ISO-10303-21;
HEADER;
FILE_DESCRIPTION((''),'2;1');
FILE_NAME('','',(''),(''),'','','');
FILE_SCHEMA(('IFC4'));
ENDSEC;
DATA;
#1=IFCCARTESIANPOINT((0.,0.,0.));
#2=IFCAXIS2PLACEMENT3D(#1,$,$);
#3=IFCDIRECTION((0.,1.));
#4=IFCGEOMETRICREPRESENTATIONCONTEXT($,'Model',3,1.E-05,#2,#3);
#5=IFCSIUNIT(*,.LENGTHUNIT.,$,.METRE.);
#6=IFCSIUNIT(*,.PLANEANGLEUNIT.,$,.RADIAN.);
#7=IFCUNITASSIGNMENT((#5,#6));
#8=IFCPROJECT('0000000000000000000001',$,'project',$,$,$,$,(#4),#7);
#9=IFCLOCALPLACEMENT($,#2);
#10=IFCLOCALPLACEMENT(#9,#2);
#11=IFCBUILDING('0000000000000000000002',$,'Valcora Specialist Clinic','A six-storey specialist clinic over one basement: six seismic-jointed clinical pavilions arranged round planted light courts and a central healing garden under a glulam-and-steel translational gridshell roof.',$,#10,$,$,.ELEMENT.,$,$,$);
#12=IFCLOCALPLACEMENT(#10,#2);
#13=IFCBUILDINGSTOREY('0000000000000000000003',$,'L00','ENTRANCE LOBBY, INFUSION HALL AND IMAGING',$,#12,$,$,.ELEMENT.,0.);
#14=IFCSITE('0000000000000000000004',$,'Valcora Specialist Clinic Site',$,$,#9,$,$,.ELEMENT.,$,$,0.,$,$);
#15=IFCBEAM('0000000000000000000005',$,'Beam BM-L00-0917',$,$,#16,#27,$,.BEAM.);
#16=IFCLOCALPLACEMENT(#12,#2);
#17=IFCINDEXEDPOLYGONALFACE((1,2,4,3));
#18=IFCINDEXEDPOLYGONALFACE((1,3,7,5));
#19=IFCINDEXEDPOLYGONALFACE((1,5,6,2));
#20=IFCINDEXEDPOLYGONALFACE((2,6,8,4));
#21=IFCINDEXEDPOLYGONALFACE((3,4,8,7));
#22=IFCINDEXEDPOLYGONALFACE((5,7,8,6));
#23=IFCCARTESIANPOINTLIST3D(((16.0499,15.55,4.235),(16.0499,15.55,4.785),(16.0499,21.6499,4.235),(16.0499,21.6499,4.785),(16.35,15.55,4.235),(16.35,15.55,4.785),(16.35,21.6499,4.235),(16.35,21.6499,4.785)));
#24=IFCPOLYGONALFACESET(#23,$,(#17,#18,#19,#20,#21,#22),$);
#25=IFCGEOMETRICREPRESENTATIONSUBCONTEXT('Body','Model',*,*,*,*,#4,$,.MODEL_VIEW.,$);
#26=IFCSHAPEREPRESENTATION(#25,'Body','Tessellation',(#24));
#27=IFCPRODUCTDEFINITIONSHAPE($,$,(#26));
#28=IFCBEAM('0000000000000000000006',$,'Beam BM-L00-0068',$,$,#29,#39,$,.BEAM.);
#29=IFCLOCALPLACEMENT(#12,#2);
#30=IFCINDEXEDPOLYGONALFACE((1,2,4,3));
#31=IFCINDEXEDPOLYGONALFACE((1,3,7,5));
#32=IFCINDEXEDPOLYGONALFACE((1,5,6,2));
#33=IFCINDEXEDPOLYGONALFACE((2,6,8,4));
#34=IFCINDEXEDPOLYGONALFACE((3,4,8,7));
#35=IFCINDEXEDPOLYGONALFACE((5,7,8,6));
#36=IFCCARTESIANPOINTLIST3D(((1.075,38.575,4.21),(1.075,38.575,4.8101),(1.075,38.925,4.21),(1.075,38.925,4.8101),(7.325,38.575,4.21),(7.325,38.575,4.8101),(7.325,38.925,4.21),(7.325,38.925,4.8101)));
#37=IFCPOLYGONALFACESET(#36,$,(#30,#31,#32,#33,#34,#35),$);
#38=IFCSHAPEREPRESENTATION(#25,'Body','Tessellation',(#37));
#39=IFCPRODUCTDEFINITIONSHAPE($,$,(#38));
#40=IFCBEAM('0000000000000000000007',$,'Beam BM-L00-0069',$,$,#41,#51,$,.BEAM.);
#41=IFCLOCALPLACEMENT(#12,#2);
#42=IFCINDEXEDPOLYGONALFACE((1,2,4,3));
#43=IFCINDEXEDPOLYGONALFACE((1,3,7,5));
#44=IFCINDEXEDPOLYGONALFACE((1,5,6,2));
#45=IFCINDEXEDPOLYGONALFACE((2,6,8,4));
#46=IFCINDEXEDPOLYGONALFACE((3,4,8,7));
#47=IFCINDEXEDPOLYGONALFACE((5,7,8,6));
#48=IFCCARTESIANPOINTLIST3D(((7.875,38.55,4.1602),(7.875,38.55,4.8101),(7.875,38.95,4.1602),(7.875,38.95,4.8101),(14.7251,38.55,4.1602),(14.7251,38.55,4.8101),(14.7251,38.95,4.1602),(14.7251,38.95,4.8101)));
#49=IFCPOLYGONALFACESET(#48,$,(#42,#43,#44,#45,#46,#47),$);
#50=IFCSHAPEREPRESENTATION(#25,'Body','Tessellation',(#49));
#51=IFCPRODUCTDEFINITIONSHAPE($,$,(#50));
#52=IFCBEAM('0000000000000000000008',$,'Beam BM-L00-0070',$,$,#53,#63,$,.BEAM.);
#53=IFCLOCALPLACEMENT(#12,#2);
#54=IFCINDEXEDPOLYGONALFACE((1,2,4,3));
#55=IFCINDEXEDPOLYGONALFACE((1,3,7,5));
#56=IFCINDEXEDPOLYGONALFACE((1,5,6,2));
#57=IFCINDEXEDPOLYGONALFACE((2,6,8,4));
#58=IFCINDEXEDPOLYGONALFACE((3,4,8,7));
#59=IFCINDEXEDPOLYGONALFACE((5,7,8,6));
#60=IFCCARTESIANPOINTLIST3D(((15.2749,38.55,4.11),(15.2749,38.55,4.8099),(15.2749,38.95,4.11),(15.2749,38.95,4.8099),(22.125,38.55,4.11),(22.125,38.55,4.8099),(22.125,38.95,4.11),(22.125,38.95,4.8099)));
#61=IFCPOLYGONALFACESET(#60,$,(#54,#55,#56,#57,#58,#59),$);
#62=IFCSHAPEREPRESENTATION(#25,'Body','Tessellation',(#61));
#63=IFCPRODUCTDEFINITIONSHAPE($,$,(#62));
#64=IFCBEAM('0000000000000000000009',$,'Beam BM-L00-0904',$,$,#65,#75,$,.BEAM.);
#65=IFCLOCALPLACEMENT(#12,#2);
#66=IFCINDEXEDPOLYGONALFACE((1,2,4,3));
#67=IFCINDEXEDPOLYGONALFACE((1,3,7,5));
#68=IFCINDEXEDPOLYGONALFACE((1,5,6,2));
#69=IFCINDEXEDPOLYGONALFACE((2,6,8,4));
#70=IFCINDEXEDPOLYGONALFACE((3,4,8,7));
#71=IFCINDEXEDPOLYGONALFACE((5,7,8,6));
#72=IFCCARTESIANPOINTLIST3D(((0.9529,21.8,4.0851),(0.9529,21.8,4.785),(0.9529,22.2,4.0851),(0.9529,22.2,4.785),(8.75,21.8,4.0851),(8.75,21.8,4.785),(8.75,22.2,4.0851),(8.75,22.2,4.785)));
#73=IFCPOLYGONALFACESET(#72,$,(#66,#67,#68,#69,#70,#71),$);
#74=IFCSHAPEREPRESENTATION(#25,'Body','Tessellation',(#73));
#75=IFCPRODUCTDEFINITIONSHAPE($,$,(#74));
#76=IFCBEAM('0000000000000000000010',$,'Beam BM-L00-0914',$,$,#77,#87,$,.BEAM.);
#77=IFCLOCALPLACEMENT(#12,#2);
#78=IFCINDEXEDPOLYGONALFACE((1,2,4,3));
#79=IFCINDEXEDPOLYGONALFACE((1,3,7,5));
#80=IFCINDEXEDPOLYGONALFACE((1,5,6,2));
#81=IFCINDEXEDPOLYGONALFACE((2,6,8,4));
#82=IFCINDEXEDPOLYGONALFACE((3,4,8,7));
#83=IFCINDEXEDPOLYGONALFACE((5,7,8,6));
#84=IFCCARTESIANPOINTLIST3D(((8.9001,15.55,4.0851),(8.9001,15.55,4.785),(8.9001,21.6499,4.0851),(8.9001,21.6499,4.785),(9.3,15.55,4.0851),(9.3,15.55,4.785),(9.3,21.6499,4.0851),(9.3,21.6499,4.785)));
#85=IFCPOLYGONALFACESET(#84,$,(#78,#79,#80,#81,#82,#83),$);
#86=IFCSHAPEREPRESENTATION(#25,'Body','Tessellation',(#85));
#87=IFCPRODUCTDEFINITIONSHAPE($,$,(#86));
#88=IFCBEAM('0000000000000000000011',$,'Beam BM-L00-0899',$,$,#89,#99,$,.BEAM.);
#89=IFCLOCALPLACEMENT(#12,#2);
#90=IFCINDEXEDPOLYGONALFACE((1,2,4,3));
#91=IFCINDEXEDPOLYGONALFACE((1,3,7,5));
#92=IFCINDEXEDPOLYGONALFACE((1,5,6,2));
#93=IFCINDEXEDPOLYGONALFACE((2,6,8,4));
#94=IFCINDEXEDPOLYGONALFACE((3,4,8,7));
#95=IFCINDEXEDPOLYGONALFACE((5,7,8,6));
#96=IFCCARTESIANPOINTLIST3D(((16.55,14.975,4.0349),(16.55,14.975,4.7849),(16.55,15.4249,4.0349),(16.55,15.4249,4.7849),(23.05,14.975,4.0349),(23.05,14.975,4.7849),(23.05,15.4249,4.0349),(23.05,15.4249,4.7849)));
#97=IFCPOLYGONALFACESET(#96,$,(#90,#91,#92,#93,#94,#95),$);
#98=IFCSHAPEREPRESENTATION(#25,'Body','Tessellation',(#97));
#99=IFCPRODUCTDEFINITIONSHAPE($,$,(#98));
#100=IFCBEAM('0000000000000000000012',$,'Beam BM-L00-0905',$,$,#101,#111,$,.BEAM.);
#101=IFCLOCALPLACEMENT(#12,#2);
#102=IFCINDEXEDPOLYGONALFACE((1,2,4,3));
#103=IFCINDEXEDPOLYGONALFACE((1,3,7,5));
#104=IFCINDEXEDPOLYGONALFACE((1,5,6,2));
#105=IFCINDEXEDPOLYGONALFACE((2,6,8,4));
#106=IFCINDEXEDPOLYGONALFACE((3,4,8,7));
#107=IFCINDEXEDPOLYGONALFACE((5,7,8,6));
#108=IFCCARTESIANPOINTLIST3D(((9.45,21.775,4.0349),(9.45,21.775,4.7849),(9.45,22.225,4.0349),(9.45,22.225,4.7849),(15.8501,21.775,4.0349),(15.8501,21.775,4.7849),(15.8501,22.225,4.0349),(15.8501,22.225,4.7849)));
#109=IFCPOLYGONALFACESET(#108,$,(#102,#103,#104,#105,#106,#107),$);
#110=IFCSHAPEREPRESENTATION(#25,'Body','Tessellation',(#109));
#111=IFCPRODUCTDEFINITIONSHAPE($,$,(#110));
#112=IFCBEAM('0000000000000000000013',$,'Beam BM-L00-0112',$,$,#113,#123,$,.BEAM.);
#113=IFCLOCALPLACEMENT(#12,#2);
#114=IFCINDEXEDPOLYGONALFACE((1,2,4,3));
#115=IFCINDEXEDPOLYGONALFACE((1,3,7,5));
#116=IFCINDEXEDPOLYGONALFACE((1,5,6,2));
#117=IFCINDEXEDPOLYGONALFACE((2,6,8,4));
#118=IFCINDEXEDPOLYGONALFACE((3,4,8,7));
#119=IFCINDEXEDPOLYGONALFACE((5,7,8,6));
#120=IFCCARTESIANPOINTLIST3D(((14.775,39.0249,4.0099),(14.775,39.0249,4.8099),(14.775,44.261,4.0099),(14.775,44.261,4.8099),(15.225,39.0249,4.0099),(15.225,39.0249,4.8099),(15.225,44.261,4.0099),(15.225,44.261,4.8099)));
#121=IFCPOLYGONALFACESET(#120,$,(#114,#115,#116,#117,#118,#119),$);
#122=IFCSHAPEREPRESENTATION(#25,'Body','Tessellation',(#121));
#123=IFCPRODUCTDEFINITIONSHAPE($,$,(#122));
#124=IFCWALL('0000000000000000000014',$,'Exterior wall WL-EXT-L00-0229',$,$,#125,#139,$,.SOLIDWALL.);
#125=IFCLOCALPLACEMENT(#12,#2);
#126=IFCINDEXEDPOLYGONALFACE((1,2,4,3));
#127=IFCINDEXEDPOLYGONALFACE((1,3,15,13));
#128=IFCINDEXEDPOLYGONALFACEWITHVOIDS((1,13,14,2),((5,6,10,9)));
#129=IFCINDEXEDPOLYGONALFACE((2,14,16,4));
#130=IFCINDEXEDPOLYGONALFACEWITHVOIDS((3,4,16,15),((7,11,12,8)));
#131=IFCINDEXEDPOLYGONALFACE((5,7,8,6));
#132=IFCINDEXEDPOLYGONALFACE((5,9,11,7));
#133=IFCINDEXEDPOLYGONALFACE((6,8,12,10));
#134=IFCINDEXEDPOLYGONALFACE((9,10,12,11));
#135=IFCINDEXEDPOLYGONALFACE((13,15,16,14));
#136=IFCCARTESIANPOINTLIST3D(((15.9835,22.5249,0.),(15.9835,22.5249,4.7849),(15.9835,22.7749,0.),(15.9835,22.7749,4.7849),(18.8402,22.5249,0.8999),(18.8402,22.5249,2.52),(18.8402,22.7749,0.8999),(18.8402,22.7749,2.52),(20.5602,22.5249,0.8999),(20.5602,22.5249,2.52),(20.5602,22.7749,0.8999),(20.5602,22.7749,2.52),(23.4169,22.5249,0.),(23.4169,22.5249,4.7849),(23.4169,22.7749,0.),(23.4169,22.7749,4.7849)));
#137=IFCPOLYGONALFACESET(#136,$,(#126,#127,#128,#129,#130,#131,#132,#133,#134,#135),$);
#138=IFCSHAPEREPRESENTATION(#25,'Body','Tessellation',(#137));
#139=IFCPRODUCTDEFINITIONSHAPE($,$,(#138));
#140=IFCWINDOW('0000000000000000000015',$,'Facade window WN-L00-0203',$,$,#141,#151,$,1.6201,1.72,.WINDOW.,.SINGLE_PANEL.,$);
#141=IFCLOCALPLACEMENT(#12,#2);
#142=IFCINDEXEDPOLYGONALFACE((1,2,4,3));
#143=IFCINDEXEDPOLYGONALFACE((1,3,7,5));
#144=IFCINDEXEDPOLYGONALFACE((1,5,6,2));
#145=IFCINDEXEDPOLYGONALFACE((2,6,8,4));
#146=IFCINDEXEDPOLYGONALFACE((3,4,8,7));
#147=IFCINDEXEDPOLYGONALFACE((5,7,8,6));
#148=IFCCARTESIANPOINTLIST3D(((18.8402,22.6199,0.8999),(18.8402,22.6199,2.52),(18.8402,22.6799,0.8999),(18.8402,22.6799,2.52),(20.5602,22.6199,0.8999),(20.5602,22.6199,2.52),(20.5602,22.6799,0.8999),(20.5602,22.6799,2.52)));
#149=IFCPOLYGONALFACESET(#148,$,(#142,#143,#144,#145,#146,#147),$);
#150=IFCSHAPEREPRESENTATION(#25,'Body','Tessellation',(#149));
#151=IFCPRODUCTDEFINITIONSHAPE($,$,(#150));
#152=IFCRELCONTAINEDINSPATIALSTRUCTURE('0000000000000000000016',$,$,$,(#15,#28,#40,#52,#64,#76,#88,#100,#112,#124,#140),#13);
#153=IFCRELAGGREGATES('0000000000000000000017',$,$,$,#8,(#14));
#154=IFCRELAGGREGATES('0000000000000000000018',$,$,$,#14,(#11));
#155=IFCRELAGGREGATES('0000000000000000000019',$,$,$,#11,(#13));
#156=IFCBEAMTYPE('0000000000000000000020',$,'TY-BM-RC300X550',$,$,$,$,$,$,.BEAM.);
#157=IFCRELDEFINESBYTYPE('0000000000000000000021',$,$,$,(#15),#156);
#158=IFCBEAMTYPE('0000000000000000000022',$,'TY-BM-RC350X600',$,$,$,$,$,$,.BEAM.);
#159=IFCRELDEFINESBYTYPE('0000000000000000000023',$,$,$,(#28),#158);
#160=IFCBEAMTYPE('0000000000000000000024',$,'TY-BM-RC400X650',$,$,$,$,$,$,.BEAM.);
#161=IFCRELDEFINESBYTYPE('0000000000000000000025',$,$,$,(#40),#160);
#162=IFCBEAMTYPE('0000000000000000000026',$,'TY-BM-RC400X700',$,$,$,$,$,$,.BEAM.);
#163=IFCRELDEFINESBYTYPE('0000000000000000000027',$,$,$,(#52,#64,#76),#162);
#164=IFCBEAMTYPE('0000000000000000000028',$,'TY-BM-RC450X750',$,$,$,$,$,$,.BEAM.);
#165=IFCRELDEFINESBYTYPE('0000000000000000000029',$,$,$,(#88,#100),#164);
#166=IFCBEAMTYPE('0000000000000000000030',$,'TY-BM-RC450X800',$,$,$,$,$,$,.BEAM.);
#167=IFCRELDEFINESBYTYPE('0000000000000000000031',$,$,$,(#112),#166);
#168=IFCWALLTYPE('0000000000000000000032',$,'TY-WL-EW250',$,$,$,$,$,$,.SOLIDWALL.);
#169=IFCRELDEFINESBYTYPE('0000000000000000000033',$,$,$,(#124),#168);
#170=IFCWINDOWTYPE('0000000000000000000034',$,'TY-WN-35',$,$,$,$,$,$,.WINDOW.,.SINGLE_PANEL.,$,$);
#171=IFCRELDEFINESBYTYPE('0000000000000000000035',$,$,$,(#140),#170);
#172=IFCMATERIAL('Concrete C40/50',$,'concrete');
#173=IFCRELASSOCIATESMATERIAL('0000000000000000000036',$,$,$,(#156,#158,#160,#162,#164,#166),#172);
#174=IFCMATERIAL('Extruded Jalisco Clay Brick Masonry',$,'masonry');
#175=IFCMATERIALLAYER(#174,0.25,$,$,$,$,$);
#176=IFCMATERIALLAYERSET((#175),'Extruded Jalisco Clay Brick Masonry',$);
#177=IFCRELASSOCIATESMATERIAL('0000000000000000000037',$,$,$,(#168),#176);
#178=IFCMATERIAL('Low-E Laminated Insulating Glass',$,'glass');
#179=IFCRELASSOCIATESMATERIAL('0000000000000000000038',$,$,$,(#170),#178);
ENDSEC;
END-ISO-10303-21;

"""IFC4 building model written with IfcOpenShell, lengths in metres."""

from ifc_helpers import new_model, si_unit, direction, frame, frame_2d, origin, origin_2d, place, context, subcontext, project, spatial, rectangle, extrude, material, layer, layer_set, material_profile, profile_set, type_object, element, fill, save


model = new_model("IFC4")

# Units and contexts
model_context = context("Model", 3, precision=1e-05, world=origin(), true_north=direction((0.0, 1.0)))
body_context = subcontext(model_context, "Body", "Model", "MODEL_VIEW")
ifc_project = project(units=[si_unit("LENGTHUNIT", "METRE"), si_unit("PLANEANGLEUNIT", "RADIAN")], contexts=[model_context])

# Site, building, storey
site_placement = place(None, origin())
site = spatial("IfcSite", under=ifc_project, at=site_placement, Name="Valcora Specialist Clinic Site", CompositionType="ELEMENT", RefElevation=0.0)
building_placement = place(site_placement, origin())
building = spatial("IfcBuilding", under=site, at=building_placement, Name="Valcora Specialist Clinic", Description="A six-storey specialist clinic over one basement: six seismic-jointed clinical pavilions arranged round planted light courts and a central healing garden under a glulam-and-steel translational gridshell roof.", CompositionType="ELEMENT")
storey_placement = place(building_placement, origin())
storey = spatial("IfcBuildingStorey", under=building, at=storey_placement, Name="L00", Description="ENTRANCE LOBBY, INFUSION HALL AND IMAGING", CompositionType="ELEMENT", Elevation=0.0)

# Shared definitions
ifc_material_1 = material(Name="Concrete C40/50", Category="concrete")

# Beams
ifc_material_profile_1 = material_profile(ifc_material_1, rectangle(XDim=0.3, YDim=0.55, at=origin_2d()), Name="RC-BM-300X550")
ifc_profile_set_1 = profile_set([ifc_material_profile_1], Name="Concrete C40/50")
beam_type_1 = type_object("IfcBeamType", Name="TY-BM-RC300X550", PredefinedType="BEAM", material=ifc_profile_set_1)
beam_1_placement = place(storey_placement, frame((16.2, 15.55, 4.51), z_axis=(0.0, 1.0, 0.0), x_axis=(-1.0, 0.0, 0.0)))
element("IfcBeam", 1, at=beam_1_placement, inside=storey, type_object=beam_type_1, Name="Beam BM-L00-0917", PredefinedType="BEAM", context=body_context, shape_type="SweptSolid", body=[
    extrude(rectangle(XDim=0.3, YDim=0.55, at=origin_2d()), origin(), (0.0, 0.0, 1.0), 6.0999),
])
ifc_material_profile_2 = material_profile(ifc_material_1, rectangle(XDim=0.3501, YDim=0.6001, at=origin_2d()), Name="RC-BM-350X600")
ifc_profile_set_2 = profile_set([ifc_material_profile_2], Name="Concrete C40/50")
beam_type_2 = type_object("IfcBeamType", Name="TY-BM-RC350X600", PredefinedType="BEAM", material=ifc_profile_set_2)
beam_2_placement = place(storey_placement, frame((1.075, 38.75, 4.51), z_axis=(1.0, 0.0, 0.0), x_axis=(0.0, 1.0, 0.0)))
element("IfcBeam", 2, at=beam_2_placement, inside=storey, type_object=beam_type_2, Name="Beam BM-L00-0068", PredefinedType="BEAM", context=body_context, shape_type="SweptSolid", body=[
    extrude(rectangle(XDim=0.3501, YDim=0.6001, at=origin_2d()), origin(), (0.0, 0.0, 1.0), 6.25),
])
ifc_material_profile_3 = material_profile(ifc_material_1, rectangle(XDim=0.3999, YDim=0.6499, at=origin_2d()), Name="RC-BM-400X650")
ifc_profile_set_3 = profile_set([ifc_material_profile_3], Name="Concrete C40/50")
beam_type_3 = type_object("IfcBeamType", Name="TY-BM-RC400X650", PredefinedType="BEAM", material=ifc_profile_set_3)
beam_3_placement = place(storey_placement, frame((7.875, 38.75, 4.4851), z_axis=(1.0, 0.0, 0.0), x_axis=(0.0, 1.0, 0.0)))
element("IfcBeam", 3, at=beam_3_placement, inside=storey, type_object=beam_type_3, Name="Beam BM-L00-0069", PredefinedType="BEAM", context=body_context, shape_type="SweptSolid", body=[
    extrude(rectangle(XDim=0.3999, YDim=0.6499, at=origin_2d()), origin(), (0.0, 0.0, 1.0), 6.8501),
])
ifc_material_profile_4 = material_profile(ifc_material_1, rectangle(XDim=0.3999, YDim=0.7, at=origin_2d()), Name="RC-BM-400X700")
ifc_profile_set_4 = profile_set([ifc_material_profile_4], Name="Concrete C40/50")
beam_type_4 = type_object("IfcBeamType", Name="TY-BM-RC400X700", PredefinedType="BEAM", material=ifc_profile_set_4)
beam_4_placement = place(storey_placement, frame((15.2749, 38.75, 4.46), z_axis=(1.0, 0.0, 0.0), x_axis=(0.0, 1.0, 0.0)))
element("IfcBeam", 4, at=beam_4_placement, inside=storey, type_object=beam_type_4, Name="Beam BM-L00-0070", PredefinedType="BEAM", context=body_context, shape_type="SweptSolid", body=[
    extrude(rectangle(XDim=0.3999, YDim=0.7, at=origin_2d()), origin(), (0.0, 0.0, 1.0), 6.8501),
])
beam_5_placement = place(storey_placement, frame((0.9529, 22.0, 4.4351), z_axis=(1.0, 0.0, 0.0), x_axis=(0.0, 1.0, 0.0)))
element("IfcBeam", 5, at=beam_5_placement, inside=storey, type_object=beam_type_4, Name="Beam BM-L00-0904", PredefinedType="BEAM", context=body_context, shape_type="SweptSolid", body=[
    extrude(rectangle(XDim=0.3999, YDim=0.7, at=origin_2d()), origin(), (0.0, 0.0, 1.0), 7.7971),
])
beam_6_placement = place(storey_placement, frame((9.1001, 15.55, 4.4351), z_axis=(0.0, 1.0, 0.0), x_axis=(-1.0, 0.0, 0.0)))
element("IfcBeam", 6, at=beam_6_placement, inside=storey, type_object=beam_type_4, Name="Beam BM-L00-0914", PredefinedType="BEAM", context=body_context, shape_type="SweptSolid", body=[
    extrude(rectangle(XDim=0.3999, YDim=0.7, at=origin_2d()), origin(), (0.0, 0.0, 1.0), 6.0999),
])
ifc_material_profile_5 = material_profile(ifc_material_1, rectangle(XDim=0.45, YDim=0.75, at=origin_2d()), Name="RC-BM-450X750")
ifc_profile_set_5 = profile_set([ifc_material_profile_5], Name="Concrete C40/50")
beam_type_5 = type_object("IfcBeamType", Name="TY-BM-RC450X750", PredefinedType="BEAM", material=ifc_profile_set_5)
beam_7_placement = place(storey_placement, frame((16.55, 15.2, 4.4099), z_axis=(1.0, 0.0, 0.0), x_axis=(0.0, 1.0, 0.0)))
element("IfcBeam", 7, at=beam_7_placement, inside=storey, type_object=beam_type_5, Name="Beam BM-L00-0899", PredefinedType="BEAM", context=body_context, shape_type="SweptSolid", body=[
    extrude(rectangle(XDim=0.45, YDim=0.75, at=origin_2d()), origin(), (0.0, 0.0, 1.0), 6.5),
])
beam_8_placement = place(storey_placement, frame((9.45, 22.0, 4.4099), z_axis=(1.0, 0.0, 0.0), x_axis=(0.0, 1.0, 0.0)))
element("IfcBeam", 8, at=beam_8_placement, inside=storey, type_object=beam_type_5, Name="Beam BM-L00-0905", PredefinedType="BEAM", context=body_context, shape_type="SweptSolid", body=[
    extrude(rectangle(XDim=0.45, YDim=0.75, at=origin_2d()), origin(), (0.0, 0.0, 1.0), 6.4001),
])
ifc_material_profile_6 = material_profile(ifc_material_1, rectangle(XDim=0.45, YDim=0.8, at=origin_2d()), Name="RC-BM-450X800")
ifc_profile_set_6 = profile_set([ifc_material_profile_6], Name="Concrete C40/50")
beam_type_6 = type_object("IfcBeamType", Name="TY-BM-RC450X800", PredefinedType="BEAM", material=ifc_profile_set_6)
beam_9_placement = place(storey_placement, frame((15.0, 39.0249, 4.4099), z_axis=(0.0, 1.0, 0.0), x_axis=(-1.0, 0.0, 0.0)))
element("IfcBeam", 9, at=beam_9_placement, inside=storey, type_object=beam_type_6, Name="Beam BM-L00-0112", PredefinedType="BEAM", context=body_context, shape_type="SweptSolid", body=[
    extrude(rectangle(XDim=0.45, YDim=0.8, at=origin_2d()), origin(), (0.0, 0.0, 1.0), 5.2361),
])

# Wall, opening, window
ifc_material_2 = material(Name="Extruded Jalisco Clay Brick Masonry", Category="masonry")
ifc_layer_1 = layer(ifc_material_2, 0.25)
ifc_layer_set_1 = layer_set([ifc_layer_1], Name="Extruded Jalisco Clay Brick Masonry")
wall_type_1 = type_object("IfcWallType", Name="TY-WL-EW250", PredefinedType="SOLIDWALL", material=ifc_layer_set_1)
wall_1_placement = place(storey_placement, frame((15.9834, 22.6499, 0.0), z_axis=(0.0, 0.0, 1.0), x_axis=(1.0, 0.0, 0.0)))
wall_1 = element("IfcWall", 10, at=wall_1_placement, inside=storey, type_object=wall_type_1, Name="Exterior wall WL-EXT-L00-0229", PredefinedType="SOLIDWALL", context=body_context, shape_type="SweptSolid", body=[
    extrude(rectangle(XDim=7.4333, YDim=0.25, at=frame_2d((3.7168, 0.0))), origin(), (0.0, 0.0, 1.0), 4.7849),
])
opening_1_placement = place(wall_1_placement, frame((2.8569, 0.0, 0.8999)))
opening_1 = element("IfcOpeningElement", 11, at=opening_1_placement, cuts=wall_1, PredefinedType="OPENING", context=body_context, shape_type="SweptSolid", body=[
    extrude(rectangle(XDim=1.72, YDim=1.6201, at=frame_2d((0.8599, 0.8101))), frame((0.0, 0.135, 0.0), z_axis=(0.0, -1.0, 0.0), x_axis=(1.0, 0.0, 0.0)), (0.0, 0.0, 1.0), 0.27),
])
ifc_material_3 = material(Name="Low-E Laminated Insulating Glass", Category="glass")
window_type_1 = type_object("IfcWindowType", Name="TY-WN-35", PartitioningType="SINGLE_PANEL", PredefinedType="WINDOW", material=ifc_material_3)
window_1_placement = place(opening_1_placement, origin())
window_1 = element("IfcWindow", 12, at=window_1_placement, inside=storey, type_object=window_type_1, Name="Facade window WN-L00-0203", OverallHeight=1.6201, OverallWidth=1.72, PartitioningType="SINGLE_PANEL", PredefinedType="WINDOW", context=body_context, shape_type="SweptSolid", body=[
    extrude(rectangle(XDim=1.72, YDim=1.6201, at=frame_2d((0.8599, 0.8101))), frame((0.0, 0.03, 0.0), z_axis=(0.0, -1.0, 0.0), x_axis=(1.0, 0.0, 0.0)), (0.0, 0.0, 1.0), 0.0601),
])
fill(opening_1, window_1)

save(model, "model.ifc")
